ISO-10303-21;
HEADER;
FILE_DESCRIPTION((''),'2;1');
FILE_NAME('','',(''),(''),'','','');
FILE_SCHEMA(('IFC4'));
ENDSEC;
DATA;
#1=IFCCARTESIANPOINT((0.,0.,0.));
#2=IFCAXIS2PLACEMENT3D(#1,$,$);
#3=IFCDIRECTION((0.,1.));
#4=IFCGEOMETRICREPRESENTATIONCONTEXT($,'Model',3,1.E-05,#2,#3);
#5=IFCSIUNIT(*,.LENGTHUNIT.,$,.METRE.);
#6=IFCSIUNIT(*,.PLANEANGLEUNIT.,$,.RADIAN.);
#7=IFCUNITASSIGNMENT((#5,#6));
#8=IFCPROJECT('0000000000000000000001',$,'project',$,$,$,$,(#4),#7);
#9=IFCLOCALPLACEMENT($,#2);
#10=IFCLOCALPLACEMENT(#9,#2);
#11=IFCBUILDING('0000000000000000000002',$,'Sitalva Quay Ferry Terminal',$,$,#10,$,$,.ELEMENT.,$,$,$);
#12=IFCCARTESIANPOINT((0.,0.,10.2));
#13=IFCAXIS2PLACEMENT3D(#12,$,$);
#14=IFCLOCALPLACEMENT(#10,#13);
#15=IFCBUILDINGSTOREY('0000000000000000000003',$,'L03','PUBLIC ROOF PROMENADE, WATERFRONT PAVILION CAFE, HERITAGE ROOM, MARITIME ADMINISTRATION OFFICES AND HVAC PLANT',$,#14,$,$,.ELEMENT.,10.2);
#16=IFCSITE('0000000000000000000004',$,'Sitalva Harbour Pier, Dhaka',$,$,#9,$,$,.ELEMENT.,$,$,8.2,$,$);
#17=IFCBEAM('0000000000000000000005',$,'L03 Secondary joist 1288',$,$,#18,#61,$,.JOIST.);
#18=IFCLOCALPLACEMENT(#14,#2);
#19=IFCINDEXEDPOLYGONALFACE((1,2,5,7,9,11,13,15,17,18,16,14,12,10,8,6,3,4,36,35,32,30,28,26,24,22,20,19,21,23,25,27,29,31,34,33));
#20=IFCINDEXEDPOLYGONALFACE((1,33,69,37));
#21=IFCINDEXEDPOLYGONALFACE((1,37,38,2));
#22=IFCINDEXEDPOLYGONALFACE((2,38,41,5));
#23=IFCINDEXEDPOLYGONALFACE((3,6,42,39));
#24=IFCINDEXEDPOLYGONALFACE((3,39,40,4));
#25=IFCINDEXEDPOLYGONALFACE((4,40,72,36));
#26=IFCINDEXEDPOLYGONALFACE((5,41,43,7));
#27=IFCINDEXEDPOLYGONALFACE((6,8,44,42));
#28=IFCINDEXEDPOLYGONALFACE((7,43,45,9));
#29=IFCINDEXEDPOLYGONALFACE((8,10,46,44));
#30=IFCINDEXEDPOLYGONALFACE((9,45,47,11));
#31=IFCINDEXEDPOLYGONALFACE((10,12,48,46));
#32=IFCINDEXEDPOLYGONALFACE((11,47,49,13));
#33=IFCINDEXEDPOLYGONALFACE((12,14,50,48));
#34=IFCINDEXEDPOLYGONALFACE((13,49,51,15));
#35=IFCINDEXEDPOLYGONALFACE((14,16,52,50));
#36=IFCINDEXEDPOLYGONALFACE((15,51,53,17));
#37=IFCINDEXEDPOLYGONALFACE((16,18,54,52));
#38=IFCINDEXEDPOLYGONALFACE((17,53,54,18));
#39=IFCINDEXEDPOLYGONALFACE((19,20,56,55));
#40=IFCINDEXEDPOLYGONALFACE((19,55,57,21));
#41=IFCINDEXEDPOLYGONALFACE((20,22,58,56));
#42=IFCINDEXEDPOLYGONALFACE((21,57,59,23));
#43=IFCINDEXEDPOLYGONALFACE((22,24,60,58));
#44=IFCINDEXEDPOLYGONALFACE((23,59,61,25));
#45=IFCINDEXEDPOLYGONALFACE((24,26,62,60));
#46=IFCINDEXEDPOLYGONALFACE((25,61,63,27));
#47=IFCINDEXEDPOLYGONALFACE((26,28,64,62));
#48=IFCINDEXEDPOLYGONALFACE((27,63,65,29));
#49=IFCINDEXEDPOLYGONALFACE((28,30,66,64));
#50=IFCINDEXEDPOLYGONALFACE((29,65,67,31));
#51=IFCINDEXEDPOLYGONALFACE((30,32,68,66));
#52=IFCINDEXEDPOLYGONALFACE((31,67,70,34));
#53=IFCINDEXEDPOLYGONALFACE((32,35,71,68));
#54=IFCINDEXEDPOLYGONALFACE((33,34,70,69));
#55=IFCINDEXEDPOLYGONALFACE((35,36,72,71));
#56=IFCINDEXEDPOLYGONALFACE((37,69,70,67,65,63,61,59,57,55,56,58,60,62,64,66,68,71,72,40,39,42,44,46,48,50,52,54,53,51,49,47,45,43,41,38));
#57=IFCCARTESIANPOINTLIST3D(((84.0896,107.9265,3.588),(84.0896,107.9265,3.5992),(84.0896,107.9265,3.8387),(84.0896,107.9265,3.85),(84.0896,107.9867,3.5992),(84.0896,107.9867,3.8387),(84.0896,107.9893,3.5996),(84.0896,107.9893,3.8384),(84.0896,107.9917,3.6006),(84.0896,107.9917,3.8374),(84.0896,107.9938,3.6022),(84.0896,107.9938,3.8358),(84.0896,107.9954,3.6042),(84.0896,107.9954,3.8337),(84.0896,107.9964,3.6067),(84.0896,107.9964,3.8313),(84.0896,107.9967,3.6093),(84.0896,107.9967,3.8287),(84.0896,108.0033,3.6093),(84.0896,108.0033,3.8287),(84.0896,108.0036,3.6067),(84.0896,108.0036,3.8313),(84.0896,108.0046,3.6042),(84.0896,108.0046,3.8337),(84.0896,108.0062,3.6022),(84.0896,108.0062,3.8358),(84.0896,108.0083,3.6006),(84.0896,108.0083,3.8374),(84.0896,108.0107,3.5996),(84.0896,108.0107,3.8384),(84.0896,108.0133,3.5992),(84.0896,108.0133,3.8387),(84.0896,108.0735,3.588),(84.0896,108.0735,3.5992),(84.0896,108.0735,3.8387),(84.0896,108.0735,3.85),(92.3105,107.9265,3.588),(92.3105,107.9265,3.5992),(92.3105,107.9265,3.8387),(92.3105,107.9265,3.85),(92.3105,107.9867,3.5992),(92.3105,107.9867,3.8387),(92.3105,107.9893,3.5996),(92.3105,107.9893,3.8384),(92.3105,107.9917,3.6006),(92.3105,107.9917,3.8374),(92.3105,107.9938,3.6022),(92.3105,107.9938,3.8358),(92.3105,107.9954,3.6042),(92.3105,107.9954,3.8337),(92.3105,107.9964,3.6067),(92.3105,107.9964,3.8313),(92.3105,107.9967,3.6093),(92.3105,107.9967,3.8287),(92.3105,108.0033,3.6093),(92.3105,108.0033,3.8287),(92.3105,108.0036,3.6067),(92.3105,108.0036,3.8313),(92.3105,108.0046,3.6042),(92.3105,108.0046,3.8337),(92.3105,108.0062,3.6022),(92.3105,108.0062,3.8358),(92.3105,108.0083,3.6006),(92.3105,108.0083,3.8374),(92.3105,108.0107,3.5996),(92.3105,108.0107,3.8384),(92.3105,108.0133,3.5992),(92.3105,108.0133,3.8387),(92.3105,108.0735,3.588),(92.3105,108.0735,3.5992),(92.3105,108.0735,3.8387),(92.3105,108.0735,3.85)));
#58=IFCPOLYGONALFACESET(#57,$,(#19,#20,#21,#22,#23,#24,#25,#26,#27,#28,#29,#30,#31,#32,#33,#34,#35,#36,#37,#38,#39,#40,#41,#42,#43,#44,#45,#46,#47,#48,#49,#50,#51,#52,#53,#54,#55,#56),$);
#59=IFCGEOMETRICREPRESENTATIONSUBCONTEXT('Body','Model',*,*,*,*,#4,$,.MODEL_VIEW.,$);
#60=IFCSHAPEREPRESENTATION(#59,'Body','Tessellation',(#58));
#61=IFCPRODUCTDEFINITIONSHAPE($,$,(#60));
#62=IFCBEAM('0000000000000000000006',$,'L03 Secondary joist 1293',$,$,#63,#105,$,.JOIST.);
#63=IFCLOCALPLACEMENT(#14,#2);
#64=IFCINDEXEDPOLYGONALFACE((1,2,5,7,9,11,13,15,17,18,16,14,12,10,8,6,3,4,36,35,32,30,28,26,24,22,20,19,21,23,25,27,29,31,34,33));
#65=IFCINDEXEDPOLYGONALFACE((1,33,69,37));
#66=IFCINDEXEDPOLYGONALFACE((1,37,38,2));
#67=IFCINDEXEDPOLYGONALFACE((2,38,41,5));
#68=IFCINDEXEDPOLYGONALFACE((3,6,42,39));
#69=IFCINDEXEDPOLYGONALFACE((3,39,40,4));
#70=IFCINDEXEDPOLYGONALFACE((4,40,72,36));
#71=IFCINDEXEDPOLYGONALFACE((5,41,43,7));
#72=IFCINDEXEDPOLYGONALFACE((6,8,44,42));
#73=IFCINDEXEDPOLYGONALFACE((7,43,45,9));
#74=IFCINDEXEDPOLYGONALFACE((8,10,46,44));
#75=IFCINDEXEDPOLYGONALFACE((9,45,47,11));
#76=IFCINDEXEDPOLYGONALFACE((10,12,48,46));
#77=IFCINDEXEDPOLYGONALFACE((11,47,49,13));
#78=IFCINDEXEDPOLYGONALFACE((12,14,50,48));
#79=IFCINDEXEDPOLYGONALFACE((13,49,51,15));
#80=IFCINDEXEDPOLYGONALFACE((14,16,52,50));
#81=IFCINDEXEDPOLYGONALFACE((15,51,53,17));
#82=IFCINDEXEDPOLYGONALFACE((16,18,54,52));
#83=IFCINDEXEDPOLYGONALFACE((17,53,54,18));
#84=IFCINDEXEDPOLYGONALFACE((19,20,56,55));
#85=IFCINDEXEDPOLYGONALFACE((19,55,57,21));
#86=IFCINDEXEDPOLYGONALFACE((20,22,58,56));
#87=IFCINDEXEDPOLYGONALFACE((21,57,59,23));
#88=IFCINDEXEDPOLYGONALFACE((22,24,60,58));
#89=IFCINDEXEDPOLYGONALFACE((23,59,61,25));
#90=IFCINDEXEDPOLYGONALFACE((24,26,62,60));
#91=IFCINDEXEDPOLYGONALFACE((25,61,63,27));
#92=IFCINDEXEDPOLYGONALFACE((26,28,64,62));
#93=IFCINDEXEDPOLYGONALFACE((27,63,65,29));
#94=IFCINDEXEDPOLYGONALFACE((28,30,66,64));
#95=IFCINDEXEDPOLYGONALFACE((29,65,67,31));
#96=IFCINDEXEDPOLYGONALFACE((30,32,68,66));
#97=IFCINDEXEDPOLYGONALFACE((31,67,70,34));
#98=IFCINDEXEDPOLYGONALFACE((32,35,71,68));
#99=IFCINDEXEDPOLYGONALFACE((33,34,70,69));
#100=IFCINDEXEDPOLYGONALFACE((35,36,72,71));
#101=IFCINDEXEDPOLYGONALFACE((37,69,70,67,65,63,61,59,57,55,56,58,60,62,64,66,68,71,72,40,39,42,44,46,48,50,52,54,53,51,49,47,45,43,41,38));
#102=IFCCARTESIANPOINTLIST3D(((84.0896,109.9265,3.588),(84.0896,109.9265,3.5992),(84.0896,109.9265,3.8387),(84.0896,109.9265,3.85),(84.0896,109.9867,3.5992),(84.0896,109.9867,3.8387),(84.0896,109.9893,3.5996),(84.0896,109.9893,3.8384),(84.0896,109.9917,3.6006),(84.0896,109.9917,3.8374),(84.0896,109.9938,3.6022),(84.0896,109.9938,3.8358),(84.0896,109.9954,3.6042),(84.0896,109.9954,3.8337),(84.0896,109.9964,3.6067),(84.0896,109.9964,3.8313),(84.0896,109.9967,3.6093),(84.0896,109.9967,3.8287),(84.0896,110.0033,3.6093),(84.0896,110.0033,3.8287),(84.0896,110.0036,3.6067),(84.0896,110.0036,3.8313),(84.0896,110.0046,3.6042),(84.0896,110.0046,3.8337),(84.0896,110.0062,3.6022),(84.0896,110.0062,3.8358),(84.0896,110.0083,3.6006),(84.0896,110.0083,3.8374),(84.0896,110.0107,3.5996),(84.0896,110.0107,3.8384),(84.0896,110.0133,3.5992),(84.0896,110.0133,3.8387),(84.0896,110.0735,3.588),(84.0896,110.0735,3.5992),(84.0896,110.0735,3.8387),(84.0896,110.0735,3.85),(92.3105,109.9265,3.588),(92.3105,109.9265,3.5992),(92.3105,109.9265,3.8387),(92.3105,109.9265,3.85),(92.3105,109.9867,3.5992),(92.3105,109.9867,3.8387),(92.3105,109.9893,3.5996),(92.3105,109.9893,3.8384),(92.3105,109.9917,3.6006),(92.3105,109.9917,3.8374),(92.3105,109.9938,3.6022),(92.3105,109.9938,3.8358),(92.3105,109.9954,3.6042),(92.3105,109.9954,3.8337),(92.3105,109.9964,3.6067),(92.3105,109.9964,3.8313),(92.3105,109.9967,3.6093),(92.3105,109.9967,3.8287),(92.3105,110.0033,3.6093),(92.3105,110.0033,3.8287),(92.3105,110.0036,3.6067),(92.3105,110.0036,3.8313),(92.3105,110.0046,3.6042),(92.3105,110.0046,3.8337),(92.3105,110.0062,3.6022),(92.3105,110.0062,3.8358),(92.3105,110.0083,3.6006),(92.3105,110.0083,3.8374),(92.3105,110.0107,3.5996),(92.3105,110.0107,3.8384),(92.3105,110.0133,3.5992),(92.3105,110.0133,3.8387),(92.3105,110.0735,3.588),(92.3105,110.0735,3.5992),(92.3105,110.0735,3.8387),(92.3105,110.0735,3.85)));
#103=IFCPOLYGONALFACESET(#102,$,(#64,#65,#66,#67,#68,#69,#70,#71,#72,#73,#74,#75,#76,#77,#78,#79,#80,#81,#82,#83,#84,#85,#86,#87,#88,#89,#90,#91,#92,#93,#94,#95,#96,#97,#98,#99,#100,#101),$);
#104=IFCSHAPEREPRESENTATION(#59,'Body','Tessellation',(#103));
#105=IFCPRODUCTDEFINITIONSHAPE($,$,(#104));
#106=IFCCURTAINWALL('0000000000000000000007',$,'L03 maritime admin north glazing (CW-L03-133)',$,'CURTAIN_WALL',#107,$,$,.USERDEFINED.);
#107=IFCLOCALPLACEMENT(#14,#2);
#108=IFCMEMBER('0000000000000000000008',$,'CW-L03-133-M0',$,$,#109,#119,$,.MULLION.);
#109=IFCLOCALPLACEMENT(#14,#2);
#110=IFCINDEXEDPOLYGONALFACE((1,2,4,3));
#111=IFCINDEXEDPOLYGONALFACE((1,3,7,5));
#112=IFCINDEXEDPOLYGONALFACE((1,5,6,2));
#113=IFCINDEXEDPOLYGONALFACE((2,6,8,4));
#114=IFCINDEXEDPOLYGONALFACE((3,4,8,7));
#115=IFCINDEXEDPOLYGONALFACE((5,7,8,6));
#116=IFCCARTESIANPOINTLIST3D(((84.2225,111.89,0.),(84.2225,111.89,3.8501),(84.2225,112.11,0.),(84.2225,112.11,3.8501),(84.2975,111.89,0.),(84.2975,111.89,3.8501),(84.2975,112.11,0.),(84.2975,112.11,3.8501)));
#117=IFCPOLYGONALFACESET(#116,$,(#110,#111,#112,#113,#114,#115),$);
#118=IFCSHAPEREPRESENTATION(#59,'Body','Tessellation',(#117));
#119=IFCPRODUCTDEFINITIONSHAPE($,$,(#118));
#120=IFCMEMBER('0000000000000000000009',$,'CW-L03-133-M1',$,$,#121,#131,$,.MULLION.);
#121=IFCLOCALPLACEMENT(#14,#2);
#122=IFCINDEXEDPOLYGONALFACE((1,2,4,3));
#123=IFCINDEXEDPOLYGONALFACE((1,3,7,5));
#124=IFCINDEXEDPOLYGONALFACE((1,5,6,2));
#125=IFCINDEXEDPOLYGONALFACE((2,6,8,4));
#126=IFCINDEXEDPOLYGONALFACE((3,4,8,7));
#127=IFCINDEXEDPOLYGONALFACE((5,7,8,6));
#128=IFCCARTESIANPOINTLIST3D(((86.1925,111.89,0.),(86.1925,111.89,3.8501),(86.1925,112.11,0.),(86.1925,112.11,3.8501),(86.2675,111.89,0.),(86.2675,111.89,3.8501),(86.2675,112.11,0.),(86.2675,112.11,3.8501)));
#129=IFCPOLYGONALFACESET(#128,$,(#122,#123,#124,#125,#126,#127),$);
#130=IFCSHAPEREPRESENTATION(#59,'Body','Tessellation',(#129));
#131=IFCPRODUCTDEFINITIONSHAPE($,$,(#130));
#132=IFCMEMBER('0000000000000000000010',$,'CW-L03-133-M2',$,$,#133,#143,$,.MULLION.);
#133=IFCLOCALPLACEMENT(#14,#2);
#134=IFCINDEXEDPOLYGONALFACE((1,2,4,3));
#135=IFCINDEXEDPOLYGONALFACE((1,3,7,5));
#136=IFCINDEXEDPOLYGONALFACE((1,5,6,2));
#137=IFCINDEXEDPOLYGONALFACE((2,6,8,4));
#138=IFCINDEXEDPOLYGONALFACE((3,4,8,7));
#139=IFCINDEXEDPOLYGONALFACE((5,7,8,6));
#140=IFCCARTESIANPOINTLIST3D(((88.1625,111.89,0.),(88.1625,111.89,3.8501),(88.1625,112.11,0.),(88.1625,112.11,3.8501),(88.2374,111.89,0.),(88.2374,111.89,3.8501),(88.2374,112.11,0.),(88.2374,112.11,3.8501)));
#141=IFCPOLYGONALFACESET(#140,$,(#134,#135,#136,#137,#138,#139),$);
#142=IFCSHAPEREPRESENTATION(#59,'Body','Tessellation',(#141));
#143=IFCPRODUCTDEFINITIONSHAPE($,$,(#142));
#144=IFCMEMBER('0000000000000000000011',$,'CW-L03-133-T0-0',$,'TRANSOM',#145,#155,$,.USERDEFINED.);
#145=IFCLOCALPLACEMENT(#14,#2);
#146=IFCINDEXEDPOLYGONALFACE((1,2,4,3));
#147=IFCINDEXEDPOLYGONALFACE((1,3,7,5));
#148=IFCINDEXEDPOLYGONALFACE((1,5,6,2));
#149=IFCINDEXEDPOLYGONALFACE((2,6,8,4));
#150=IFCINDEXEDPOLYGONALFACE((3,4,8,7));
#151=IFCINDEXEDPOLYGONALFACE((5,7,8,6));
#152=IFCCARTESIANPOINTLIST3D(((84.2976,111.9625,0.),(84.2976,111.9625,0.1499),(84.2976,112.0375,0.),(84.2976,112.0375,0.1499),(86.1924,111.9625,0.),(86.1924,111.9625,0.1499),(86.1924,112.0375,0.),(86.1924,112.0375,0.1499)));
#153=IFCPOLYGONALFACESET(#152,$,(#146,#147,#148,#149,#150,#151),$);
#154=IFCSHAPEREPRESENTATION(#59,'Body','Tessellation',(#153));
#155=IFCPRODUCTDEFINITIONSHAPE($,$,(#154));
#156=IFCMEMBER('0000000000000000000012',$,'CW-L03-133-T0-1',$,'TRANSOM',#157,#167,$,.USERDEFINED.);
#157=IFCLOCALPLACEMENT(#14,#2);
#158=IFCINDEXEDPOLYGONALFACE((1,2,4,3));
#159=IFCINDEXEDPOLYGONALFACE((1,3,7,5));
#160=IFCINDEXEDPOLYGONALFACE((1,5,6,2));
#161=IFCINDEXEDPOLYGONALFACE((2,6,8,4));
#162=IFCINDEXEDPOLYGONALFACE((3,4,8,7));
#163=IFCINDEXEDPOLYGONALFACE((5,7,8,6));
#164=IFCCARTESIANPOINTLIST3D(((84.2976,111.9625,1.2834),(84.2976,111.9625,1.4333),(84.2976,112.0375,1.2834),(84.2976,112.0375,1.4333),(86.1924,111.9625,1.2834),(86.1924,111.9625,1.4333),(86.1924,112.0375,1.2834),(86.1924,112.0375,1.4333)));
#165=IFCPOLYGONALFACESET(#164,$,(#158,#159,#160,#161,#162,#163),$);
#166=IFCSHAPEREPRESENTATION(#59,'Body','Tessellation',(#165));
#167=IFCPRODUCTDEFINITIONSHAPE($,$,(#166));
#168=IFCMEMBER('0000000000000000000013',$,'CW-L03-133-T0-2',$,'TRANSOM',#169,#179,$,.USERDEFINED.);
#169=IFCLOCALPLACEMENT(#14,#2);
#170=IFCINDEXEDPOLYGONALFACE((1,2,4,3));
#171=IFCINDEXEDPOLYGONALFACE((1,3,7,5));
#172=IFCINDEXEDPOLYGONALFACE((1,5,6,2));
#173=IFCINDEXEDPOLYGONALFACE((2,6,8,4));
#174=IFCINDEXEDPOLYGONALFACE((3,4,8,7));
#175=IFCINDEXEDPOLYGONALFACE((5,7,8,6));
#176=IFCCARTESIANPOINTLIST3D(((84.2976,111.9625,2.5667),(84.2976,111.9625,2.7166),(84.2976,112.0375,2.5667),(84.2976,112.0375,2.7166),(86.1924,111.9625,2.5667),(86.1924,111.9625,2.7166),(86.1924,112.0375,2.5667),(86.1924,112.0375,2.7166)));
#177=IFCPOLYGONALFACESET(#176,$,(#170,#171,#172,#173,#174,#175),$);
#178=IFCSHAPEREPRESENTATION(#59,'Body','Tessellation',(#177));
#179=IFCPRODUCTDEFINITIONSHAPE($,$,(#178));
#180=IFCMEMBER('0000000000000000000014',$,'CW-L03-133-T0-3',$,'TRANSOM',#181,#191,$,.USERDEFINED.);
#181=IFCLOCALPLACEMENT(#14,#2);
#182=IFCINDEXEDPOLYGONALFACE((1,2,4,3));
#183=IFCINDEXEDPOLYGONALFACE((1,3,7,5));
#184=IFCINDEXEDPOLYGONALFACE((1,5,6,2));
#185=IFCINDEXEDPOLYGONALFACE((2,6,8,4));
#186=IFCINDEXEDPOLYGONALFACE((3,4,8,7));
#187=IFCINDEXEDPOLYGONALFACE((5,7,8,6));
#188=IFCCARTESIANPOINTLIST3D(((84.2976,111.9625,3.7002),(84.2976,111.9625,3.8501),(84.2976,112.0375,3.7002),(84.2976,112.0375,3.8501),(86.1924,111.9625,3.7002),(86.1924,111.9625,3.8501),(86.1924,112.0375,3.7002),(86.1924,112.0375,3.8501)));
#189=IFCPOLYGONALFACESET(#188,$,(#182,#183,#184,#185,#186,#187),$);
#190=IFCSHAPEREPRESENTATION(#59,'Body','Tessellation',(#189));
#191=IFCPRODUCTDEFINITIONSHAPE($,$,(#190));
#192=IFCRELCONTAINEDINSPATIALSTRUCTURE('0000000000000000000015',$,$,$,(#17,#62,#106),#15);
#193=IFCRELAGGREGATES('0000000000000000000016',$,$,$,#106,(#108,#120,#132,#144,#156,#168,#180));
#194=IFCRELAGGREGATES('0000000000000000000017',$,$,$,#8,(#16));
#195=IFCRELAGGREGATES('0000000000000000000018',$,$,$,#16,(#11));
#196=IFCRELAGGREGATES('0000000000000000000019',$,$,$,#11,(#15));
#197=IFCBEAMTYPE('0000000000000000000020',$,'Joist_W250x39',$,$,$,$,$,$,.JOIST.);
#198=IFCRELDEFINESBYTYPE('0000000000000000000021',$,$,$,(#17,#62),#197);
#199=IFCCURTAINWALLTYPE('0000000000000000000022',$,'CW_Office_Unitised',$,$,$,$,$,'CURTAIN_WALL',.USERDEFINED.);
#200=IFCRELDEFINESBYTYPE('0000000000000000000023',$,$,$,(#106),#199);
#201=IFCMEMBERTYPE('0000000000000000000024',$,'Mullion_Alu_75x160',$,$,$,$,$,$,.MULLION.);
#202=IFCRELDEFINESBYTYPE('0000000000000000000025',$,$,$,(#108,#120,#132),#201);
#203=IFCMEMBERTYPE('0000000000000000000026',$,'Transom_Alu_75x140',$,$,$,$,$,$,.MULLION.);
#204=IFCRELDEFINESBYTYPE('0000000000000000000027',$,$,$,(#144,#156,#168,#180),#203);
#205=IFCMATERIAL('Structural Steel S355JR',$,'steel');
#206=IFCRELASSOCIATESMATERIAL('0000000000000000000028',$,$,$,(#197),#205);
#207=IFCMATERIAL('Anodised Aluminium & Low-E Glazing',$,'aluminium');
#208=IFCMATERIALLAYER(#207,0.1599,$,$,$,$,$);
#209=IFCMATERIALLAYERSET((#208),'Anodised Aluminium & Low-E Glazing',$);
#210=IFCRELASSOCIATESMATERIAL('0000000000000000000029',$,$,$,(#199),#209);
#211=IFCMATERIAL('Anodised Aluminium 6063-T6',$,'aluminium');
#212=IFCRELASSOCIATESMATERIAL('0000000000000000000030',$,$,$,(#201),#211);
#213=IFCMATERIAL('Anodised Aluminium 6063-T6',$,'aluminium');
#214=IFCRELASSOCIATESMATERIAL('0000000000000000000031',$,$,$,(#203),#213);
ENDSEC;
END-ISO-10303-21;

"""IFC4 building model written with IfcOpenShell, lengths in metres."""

from ifc_helpers import new_model, si_unit, direction, frame, origin, origin_2d, place, context, subcontext, project, spatial, rectangle, i_section, extrude, material, layer, layer_set, material_profile, profile_set, type_object, element, aggregate, save


model = new_model("IFC4")

# Units and contexts
model_context = context("Model", 3, precision=1e-05, world=origin(), true_north=direction((0.0, 1.0)))
body_context = subcontext(model_context, "Body", "Model", "MODEL_VIEW")
ifc_project = project(units=[si_unit("LENGTHUNIT", "METRE"), si_unit("PLANEANGLEUNIT", "RADIAN")], contexts=[model_context])

# Site, building, storey
site_placement = place(None, origin())
site = spatial("IfcSite", under=ifc_project, at=site_placement, Name="Sitalva Harbour Pier, Dhaka", CompositionType="ELEMENT", RefElevation=8.2)
building_placement = place(site_placement, origin())
building = spatial("IfcBuilding", under=site, at=building_placement, Name="Sitalva Quay Ferry Terminal", CompositionType="ELEMENT")
storey_placement = place(building_placement, frame((0.0, 0.0, 10.2)))
storey = spatial("IfcBuildingStorey", under=building, at=storey_placement, Name="L03", Description="PUBLIC ROOF PROMENADE, WATERFRONT PAVILION CAFE, HERITAGE ROOM, MARITIME ADMINISTRATION OFFICES AND HVAC PLANT", CompositionType="ELEMENT", Elevation=10.2)

# Beams
ifc_material_1 = material(Name="Structural Steel S355JR", Category="steel")
ifc_material_profile_1 = material_profile(ifc_material_1, i_section(OverallWidth=0.147, OverallDepth=0.262, WebThickness=0.0066, FlangeThickness=0.0112, FilletRadius=0.01, at=origin_2d()), Name="W250x39")
ifc_profile_set_1 = profile_set([ifc_material_profile_1], Name="Structural Steel S355JR")
beam_type = type_object("IfcBeamType", Name="Joist_W250x39", PredefinedType="JOIST", material=ifc_profile_set_1)
for number, where, z_axis, x_axis, name in (
    (1, (84.0896, 108.0, 3.719), (1.0, 0.0, 0.0), (0.0, 1.0, 0.0), "L03 Secondary joist 1288"),
    (2, (84.0896, 110.0, 3.719), (1.0, 0.0, 0.0), (0.0, 1.0, 0.0), "L03 Secondary joist 1293"),
):
    element("IfcBeam", number, at=place(storey_placement, frame(where, z_axis=z_axis, x_axis=x_axis)), inside=storey, type_object=beam_type, Name=name, PredefinedType="JOIST", context=body_context, shape_type="SweptSolid", body=[
        extrude(i_section(OverallWidth=0.147, OverallDepth=0.262, WebThickness=0.0066, FlangeThickness=0.0112, FilletRadius=0.01, at=origin_2d()), origin(), (0.0, 0.0, 1.0), 8.2209),
    ])

# Curtain wall, members
ifc_material_2 = material(Name="Anodised Aluminium & Low-E Glazing", Category="aluminium")
ifc_layer_1 = layer(ifc_material_2, 0.1599)
ifc_layer_set_1 = layer_set([ifc_layer_1], Name="Anodised Aluminium & Low-E Glazing")
curtain_wall_type = type_object("IfcCurtainWallType", Name="CW_Office_Unitised", ElementType="CURTAIN_WALL", PredefinedType="USERDEFINED", material=ifc_layer_set_1)
curtain_wall_placement = place(storey_placement, origin())
curtain_wall = element("IfcCurtainWall", 3, at=curtain_wall_placement, inside=storey, type_object=curtain_wall_type, Name="L03 maritime admin north glazing (CW-L03-133)", ObjectType="CURTAIN_WALL", PredefinedType="USERDEFINED")
ifc_material_3 = material(Name="Anodised Aluminium 6063-T6", Category="aluminium")
ifc_material_profile_2 = material_profile(ifc_material_3, rectangle(XDim=0.075, YDim=0.22, at=origin_2d()), Name="ALU75x220")
ifc_profile_set_2 = profile_set([ifc_material_profile_2], Name="Anodised Aluminium 6063-T6")
member_type_1 = type_object("IfcMemberType", Name="Mullion_Alu_75x160", PredefinedType="MULLION", material=ifc_profile_set_2)
member_1_placement = place(storey_placement, frame((84.26, 112.0, 0.0), z_axis=(0.0, 0.0, 1.0), x_axis=(1.0, 0.0, 0.0)))
member_1 = element("IfcMember", 4, at=member_1_placement, type_object=member_type_1, Name="CW-L03-133-M0", PredefinedType="MULLION", context=body_context, shape_type="SweptSolid", body=[
    extrude(rectangle(XDim=0.075, YDim=0.22, at=origin_2d()), origin(), (0.0, 0.0, 1.0), 3.8501),
])
member_2_placement = place(storey_placement, frame((86.23, 112.0, 0.0), z_axis=(0.0, 0.0, 1.0), x_axis=(1.0, 0.0, 0.0)))
member_2 = element("IfcMember", 5, at=member_2_placement, type_object=member_type_1, Name="CW-L03-133-M1", PredefinedType="MULLION", context=body_context, shape_type="SweptSolid", body=[
    extrude(rectangle(XDim=0.075, YDim=0.22, at=origin_2d()), origin(), (0.0, 0.0, 1.0), 3.8501),
])
member_3_placement = place(storey_placement, frame((88.2, 112.0, 0.0), z_axis=(0.0, 0.0, 1.0), x_axis=(1.0, 0.0, 0.0)))
member_3 = element("IfcMember", 6, at=member_3_placement, type_object=member_type_1, Name="CW-L03-133-M2", PredefinedType="MULLION", context=body_context, shape_type="SweptSolid", body=[
    extrude(rectangle(XDim=0.075, YDim=0.22, at=origin_2d()), origin(), (0.0, 0.0, 1.0), 3.8501),
])
ifc_material_4 = material(Name="Anodised Aluminium 6063-T6", Category="aluminium")
ifc_material_profile_3 = material_profile(ifc_material_4, rectangle(XDim=0.075, YDim=0.1499, at=origin_2d()), Name="ALU75x150")
ifc_profile_set_3 = profile_set([ifc_material_profile_3], Name="Anodised Aluminium 6063-T6")
member_type_2 = type_object("IfcMemberType", Name="Transom_Alu_75x140", PredefinedType="MULLION", material=ifc_profile_set_3)
member_4_placement = place(storey_placement, frame((84.2976, 112.0, 0.075), z_axis=(1.0, 0.0, 0.0), x_axis=(0.0, 1.0, 0.0)))
member_4 = element("IfcMember", 7, at=member_4_placement, type_object=member_type_2, Name="CW-L03-133-T0-0", ObjectType="TRANSOM", PredefinedType="USERDEFINED", context=body_context, shape_type="SweptSolid", body=[
    extrude(rectangle(XDim=0.075, YDim=0.1499, at=origin_2d()), origin(), (0.0, 0.0, 1.0), 1.8948),
])
member_5_placement = place(storey_placement, frame((84.2976, 112.0, 1.3584), z_axis=(1.0, 0.0, 0.0), x_axis=(0.0, 1.0, 0.0)))
member_5 = element("IfcMember", 8, at=member_5_placement, type_object=member_type_2, Name="CW-L03-133-T0-1", ObjectType="TRANSOM", PredefinedType="USERDEFINED", context=body_context, shape_type="SweptSolid", body=[
    extrude(rectangle(XDim=0.075, YDim=0.1499, at=origin_2d()), origin(), (0.0, 0.0, 1.0), 1.8948),
])
member_6_placement = place(storey_placement, frame((84.2976, 112.0, 2.6416), z_axis=(1.0, 0.0, 0.0), x_axis=(0.0, 1.0, 0.0)))
member_6 = element("IfcMember", 9, at=member_6_placement, type_object=member_type_2, Name="CW-L03-133-T0-2", ObjectType="TRANSOM", PredefinedType="USERDEFINED", context=body_context, shape_type="SweptSolid", body=[
    extrude(rectangle(XDim=0.075, YDim=0.1499, at=origin_2d()), origin(), (0.0, 0.0, 1.0), 1.8948),
])
member_7_placement = place(storey_placement, frame((84.2976, 112.0, 3.7751), z_axis=(1.0, 0.0, 0.0), x_axis=(0.0, 1.0, 0.0)))
member_7 = element("IfcMember", 10, at=member_7_placement, type_object=member_type_2, Name="CW-L03-133-T0-3", ObjectType="TRANSOM", PredefinedType="USERDEFINED", context=body_context, shape_type="SweptSolid", body=[
    extrude(rectangle(XDim=0.075, YDim=0.1499, at=origin_2d()), origin(), (0.0, 0.0, 1.0), 1.8948),
])
aggregate(curtain_wall, [member_1, member_2, member_3, member_4, member_5, member_6, member_7])

save(model, "model.ifc")
